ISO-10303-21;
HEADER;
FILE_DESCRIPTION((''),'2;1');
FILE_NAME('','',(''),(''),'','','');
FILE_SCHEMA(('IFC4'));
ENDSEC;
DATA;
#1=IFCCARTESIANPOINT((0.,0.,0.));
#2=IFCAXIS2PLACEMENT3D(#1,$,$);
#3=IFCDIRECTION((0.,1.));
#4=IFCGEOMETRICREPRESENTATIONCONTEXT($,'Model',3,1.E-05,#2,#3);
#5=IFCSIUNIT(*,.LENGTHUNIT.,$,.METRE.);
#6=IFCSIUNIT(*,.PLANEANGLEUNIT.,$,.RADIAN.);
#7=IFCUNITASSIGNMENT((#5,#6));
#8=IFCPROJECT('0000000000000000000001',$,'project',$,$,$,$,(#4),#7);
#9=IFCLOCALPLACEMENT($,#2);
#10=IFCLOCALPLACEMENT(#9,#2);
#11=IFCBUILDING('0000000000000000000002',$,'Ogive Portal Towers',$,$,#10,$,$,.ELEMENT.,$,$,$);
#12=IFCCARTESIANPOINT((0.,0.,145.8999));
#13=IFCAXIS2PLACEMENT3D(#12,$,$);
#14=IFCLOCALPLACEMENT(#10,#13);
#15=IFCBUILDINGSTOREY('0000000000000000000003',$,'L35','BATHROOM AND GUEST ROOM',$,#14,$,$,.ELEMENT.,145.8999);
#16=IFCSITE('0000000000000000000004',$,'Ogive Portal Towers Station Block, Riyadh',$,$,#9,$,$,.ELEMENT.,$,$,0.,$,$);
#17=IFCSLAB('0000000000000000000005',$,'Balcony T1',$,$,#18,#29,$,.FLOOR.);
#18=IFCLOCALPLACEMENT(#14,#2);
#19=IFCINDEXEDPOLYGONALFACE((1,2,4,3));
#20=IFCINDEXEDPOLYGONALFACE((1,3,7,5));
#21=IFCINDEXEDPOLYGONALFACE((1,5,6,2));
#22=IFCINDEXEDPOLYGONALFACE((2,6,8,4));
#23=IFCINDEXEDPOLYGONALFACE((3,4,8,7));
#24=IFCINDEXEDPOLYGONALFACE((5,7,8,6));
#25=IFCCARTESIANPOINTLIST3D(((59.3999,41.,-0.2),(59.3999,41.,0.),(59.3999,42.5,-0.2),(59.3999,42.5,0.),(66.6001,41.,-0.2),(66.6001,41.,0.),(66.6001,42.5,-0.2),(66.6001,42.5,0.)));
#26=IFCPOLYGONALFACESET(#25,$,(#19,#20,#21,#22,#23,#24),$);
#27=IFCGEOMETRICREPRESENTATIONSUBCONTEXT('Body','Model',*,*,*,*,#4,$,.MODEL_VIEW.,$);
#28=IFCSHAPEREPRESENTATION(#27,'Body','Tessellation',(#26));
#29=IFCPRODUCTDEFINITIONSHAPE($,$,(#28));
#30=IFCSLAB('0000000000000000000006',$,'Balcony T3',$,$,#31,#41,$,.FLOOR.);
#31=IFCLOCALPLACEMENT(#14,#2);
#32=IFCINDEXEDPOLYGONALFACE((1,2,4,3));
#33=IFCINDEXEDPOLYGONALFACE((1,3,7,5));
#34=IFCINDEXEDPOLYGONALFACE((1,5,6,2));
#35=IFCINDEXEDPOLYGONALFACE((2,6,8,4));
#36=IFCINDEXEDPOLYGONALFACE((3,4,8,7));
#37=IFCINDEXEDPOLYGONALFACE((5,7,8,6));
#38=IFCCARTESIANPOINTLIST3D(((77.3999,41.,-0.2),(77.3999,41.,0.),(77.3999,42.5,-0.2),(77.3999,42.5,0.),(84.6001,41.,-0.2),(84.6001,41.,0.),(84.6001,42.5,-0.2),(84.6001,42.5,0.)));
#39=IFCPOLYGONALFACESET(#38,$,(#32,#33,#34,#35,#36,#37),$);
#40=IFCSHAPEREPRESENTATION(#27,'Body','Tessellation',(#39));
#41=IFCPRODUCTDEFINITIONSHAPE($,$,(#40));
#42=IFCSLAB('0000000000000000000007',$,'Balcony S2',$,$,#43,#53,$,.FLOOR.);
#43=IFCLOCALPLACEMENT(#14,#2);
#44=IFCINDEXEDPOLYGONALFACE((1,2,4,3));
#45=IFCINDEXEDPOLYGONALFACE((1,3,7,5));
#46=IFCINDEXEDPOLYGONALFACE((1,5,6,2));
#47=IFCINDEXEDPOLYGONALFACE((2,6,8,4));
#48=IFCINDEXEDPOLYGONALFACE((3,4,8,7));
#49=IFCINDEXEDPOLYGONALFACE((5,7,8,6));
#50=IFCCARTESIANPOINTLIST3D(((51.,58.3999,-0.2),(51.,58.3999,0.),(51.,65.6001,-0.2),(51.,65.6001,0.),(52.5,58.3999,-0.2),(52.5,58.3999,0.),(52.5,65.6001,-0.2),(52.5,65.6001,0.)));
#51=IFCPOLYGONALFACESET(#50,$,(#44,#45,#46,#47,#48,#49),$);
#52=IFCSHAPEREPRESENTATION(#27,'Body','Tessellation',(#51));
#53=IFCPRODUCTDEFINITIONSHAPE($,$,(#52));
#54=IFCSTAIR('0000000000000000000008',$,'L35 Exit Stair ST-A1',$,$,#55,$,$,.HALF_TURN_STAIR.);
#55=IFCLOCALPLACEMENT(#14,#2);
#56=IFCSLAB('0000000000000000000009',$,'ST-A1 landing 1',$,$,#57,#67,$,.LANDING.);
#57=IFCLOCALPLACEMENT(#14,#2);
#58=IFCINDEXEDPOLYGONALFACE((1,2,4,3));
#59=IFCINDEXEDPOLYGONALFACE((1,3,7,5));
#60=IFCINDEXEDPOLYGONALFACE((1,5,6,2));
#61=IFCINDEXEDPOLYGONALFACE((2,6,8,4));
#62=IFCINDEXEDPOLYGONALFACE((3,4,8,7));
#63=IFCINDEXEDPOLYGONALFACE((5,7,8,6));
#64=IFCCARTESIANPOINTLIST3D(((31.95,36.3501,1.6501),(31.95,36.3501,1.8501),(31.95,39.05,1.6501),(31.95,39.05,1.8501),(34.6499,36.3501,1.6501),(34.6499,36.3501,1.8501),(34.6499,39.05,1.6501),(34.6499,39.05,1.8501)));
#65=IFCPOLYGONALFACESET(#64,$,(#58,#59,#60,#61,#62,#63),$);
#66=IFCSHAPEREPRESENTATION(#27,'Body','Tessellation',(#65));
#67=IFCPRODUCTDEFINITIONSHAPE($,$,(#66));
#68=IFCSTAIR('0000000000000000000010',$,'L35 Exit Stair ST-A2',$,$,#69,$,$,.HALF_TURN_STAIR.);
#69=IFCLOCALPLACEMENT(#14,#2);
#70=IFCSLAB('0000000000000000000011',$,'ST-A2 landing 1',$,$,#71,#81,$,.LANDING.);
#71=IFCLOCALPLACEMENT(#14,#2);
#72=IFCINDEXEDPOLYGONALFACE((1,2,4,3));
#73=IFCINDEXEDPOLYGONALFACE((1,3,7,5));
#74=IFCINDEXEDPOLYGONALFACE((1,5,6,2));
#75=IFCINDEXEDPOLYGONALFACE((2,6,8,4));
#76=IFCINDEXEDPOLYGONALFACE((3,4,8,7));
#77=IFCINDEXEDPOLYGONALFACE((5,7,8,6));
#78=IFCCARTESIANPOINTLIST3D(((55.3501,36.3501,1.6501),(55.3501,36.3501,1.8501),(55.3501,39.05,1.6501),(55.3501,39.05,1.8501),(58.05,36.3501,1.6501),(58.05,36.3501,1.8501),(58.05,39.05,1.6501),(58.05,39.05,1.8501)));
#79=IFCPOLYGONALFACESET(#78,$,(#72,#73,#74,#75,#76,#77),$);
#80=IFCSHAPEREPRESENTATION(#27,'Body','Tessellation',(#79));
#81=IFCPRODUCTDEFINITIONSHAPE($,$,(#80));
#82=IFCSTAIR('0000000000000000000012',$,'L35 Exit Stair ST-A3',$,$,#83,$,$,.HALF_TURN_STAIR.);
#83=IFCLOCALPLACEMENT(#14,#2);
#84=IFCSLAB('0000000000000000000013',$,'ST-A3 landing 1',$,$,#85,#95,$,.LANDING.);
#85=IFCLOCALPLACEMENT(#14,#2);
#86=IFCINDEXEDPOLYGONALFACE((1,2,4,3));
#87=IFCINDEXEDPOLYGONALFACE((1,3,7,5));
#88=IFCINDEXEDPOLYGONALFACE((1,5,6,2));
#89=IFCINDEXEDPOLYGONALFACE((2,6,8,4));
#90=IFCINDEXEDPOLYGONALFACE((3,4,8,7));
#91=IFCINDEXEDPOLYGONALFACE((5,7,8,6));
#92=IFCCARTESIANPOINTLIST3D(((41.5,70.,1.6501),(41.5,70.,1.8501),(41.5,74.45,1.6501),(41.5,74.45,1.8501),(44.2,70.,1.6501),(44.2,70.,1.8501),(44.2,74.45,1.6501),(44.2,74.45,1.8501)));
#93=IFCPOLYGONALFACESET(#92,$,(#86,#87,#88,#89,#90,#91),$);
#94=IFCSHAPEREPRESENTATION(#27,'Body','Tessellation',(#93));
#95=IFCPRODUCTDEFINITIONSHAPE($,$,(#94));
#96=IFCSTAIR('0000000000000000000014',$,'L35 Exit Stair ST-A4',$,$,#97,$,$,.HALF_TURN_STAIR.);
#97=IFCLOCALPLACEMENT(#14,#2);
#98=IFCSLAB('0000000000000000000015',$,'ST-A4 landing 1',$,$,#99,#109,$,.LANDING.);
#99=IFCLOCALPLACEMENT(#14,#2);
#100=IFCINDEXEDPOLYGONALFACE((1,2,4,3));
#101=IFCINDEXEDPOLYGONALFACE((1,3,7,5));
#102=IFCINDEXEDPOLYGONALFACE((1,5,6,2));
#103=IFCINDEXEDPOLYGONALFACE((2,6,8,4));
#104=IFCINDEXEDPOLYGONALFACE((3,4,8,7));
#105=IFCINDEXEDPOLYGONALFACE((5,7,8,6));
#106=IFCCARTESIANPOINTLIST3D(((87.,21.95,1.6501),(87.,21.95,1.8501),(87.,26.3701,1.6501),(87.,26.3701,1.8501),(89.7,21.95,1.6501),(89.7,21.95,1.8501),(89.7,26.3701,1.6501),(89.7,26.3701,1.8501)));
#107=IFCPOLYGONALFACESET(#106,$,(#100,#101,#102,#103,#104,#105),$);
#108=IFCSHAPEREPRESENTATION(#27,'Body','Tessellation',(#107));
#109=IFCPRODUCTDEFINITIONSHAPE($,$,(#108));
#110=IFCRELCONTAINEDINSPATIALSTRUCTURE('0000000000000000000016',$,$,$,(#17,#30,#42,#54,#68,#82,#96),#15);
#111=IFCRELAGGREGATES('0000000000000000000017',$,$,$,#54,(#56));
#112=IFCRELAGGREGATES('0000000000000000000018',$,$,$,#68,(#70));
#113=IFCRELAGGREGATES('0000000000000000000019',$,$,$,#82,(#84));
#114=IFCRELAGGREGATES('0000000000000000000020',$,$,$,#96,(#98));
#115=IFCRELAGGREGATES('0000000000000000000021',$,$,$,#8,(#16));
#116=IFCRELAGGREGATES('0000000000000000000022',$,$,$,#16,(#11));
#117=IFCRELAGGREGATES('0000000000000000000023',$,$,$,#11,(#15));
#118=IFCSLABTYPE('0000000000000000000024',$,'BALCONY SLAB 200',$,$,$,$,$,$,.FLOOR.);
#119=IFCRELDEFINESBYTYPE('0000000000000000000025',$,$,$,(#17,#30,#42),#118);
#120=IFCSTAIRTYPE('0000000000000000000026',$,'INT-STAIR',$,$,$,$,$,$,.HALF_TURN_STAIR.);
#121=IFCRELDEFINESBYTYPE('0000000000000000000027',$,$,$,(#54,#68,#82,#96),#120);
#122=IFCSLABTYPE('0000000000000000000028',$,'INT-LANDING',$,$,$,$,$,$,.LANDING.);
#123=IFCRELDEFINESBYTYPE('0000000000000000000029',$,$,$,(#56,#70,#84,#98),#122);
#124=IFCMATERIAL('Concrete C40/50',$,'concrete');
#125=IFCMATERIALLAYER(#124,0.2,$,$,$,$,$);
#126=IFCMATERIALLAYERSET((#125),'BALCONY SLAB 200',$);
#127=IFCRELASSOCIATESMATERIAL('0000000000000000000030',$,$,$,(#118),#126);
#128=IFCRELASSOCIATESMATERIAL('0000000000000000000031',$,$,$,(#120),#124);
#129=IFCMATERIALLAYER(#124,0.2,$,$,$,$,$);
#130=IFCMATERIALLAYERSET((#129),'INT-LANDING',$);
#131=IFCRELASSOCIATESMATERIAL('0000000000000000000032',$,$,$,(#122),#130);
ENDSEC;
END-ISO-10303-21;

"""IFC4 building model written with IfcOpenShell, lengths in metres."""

from ifc_helpers import new_model, si_unit, direction, frame, origin, place, context, subcontext, project, spatial, polyline, outline, extrude, material, layer, layer_set, type_object, element, aggregate, save


model = new_model("IFC4")

# Units and contexts
model_context = context("Model", 3, precision=1e-05, world=origin(), true_north=direction((0.0, 1.0)))
body_context = subcontext(model_context, "Body", "Model", "MODEL_VIEW")
ifc_project = project(units=[si_unit("LENGTHUNIT", "METRE"), si_unit("PLANEANGLEUNIT", "RADIAN")], contexts=[model_context])

# Site, building, storey
site_placement = place(None, origin())
site = spatial("IfcSite", under=ifc_project, at=site_placement, Name="Ogive Portal Towers Station Block, Riyadh", CompositionType="ELEMENT", RefElevation=0.0)
building_placement = place(site_placement, origin())
building = spatial("IfcBuilding", under=site, at=building_placement, Name="Ogive Portal Towers", CompositionType="ELEMENT")
storey_placement = place(building_placement, frame((0.0, 0.0, 145.8999)))
storey = spatial("IfcBuildingStorey", under=building, at=storey_placement, Name="L35", Description="BATHROOM AND GUEST ROOM", CompositionType="ELEMENT", Elevation=145.8999)

# Slabs
ifc_material_1 = material(Name="Concrete C40/50", Category="concrete")
ifc_layer_1 = layer(ifc_material_1, 0.2)
ifc_layer_set_1 = layer_set([ifc_layer_1], Name="BALCONY SLAB 200")
slab_type_1 = type_object("IfcSlabType", Name="BALCONY SLAB 200", PredefinedType="FLOOR", material=ifc_layer_set_1)
slab_1_placement = place(storey_placement, frame((0.0, 0.0, -0.2)))
element("IfcSlab", 1, at=slab_1_placement, inside=storey, type_object=slab_type_1, Name="Balcony T1", PredefinedType="FLOOR", context=body_context, shape_type="SweptSolid", body=[
    extrude(outline(polyline([(59.3999, 41.0), (66.6001, 41.0), (66.6001, 42.5), (59.3999, 42.5), (59.3999, 41.0)])), origin(), (0.0, 0.0, 1.0), 0.2),
])
slab_2_placement = place(storey_placement, frame((0.0, 0.0, -0.2)))
element("IfcSlab", 2, at=slab_2_placement, inside=storey, type_object=slab_type_1, Name="Balcony T3", PredefinedType="FLOOR", context=body_context, shape_type="SweptSolid", body=[
    extrude(outline(polyline([(77.3999, 41.0), (84.6001, 41.0), (84.6001, 42.5), (77.3999, 42.5), (77.3999, 41.0)])), origin(), (0.0, 0.0, 1.0), 0.2),
])
slab_3_placement = place(storey_placement, frame((0.0, 0.0, -0.2)))
element("IfcSlab", 3, at=slab_3_placement, inside=storey, type_object=slab_type_1, Name="Balcony S2", PredefinedType="FLOOR", context=body_context, shape_type="SweptSolid", body=[
    extrude(outline(polyline([(51.0, 58.3999), (52.5, 58.3999), (52.5, 65.6001), (51.0, 65.6001), (51.0, 58.3999)])), origin(), (0.0, 0.0, 1.0), 0.2),
])

# Stairs, slabs
stair_type = type_object("IfcStairType", Name="INT-STAIR", PredefinedType="HALF_TURN_STAIR", material=ifc_material_1)
stair_1_placement = place(storey_placement, origin())
stair_1 = element("IfcStair", 4, at=stair_1_placement, inside=storey, type_object=stair_type, Name="L35 Exit Stair ST-A1", PredefinedType="HALF_TURN_STAIR")
ifc_layer_2 = layer(ifc_material_1, 0.2)
ifc_layer_set_2 = layer_set([ifc_layer_2], Name="INT-LANDING")
slab_type_2 = type_object("IfcSlabType", Name="INT-LANDING", PredefinedType="LANDING", material=ifc_layer_set_2)
slab_4_placement = place(storey_placement, frame((0.0, 0.0, 1.6501)))
slab_4 = element("IfcSlab", 5, at=slab_4_placement, type_object=slab_type_2, Name="ST-A1 landing 1", PredefinedType="LANDING", context=body_context, shape_type="SweptSolid", body=[
    extrude(outline(polyline([(34.6499, 39.05), (31.95, 39.05), (31.95, 36.3501), (34.6499, 36.3501), (34.6499, 39.05)])), origin(), (0.0, 0.0, 1.0), 0.2),
])
aggregate(stair_1, [slab_4])
stair_2_placement = place(storey_placement, origin())
stair_2 = element("IfcStair", 6, at=stair_2_placement, inside=storey, type_object=stair_type, Name="L35 Exit Stair ST-A2", PredefinedType="HALF_TURN_STAIR")
slab_5_placement = place(storey_placement, frame((0.0, 0.0, 1.6501)))
slab_5 = element("IfcSlab", 7, at=slab_5_placement, type_object=slab_type_2, Name="ST-A2 landing 1", PredefinedType="LANDING", context=body_context, shape_type="SweptSolid", body=[
    extrude(outline(polyline([(55.3501, 36.3501), (58.05, 36.3501), (58.05, 39.05), (55.3501, 39.05), (55.3501, 36.3501)])), origin(), (0.0, 0.0, 1.0), 0.2),
])
aggregate(stair_2, [slab_5])
stair_3_placement = place(storey_placement, origin())
stair_3 = element("IfcStair", 8, at=stair_3_placement, inside=storey, type_object=stair_type, Name="L35 Exit Stair ST-A3", PredefinedType="HALF_TURN_STAIR")
slab_6_placement = place(storey_placement, frame((0.0, 0.0, 1.6501)))
slab_6 = element("IfcSlab", 9, at=slab_6_placement, type_object=slab_type_2, Name="ST-A3 landing 1", PredefinedType="LANDING", context=body_context, shape_type="SweptSolid", body=[
    extrude(outline(polyline([(44.2, 70.0), (44.2, 74.45), (41.5, 74.45), (41.5, 70.0), (44.2, 70.0)])), origin(), (0.0, 0.0, 1.0), 0.2),
])
aggregate(stair_3, [slab_6])
stair_4_placement = place(storey_placement, origin())
stair_4 = element("IfcStair", 10, at=stair_4_placement, inside=storey, type_object=stair_type, Name="L35 Exit Stair ST-A4", PredefinedType="HALF_TURN_STAIR")
slab_7_placement = place(storey_placement, frame((0.0, 0.0, 1.6501)))
slab_7 = element("IfcSlab", 11, at=slab_7_placement, type_object=slab_type_2, Name="ST-A4 landing 1", PredefinedType="LANDING", context=body_context, shape_type="SweptSolid", body=[
    extrude(outline(polyline([(87.0, 26.3701), (87.0, 21.95), (89.7, 21.95), (89.7, 26.3701), (87.0, 26.3701)])), origin(), (0.0, 0.0, 1.0), 0.2),
])
aggregate(stair_4, [slab_7])

save(model, "model.ifc")
